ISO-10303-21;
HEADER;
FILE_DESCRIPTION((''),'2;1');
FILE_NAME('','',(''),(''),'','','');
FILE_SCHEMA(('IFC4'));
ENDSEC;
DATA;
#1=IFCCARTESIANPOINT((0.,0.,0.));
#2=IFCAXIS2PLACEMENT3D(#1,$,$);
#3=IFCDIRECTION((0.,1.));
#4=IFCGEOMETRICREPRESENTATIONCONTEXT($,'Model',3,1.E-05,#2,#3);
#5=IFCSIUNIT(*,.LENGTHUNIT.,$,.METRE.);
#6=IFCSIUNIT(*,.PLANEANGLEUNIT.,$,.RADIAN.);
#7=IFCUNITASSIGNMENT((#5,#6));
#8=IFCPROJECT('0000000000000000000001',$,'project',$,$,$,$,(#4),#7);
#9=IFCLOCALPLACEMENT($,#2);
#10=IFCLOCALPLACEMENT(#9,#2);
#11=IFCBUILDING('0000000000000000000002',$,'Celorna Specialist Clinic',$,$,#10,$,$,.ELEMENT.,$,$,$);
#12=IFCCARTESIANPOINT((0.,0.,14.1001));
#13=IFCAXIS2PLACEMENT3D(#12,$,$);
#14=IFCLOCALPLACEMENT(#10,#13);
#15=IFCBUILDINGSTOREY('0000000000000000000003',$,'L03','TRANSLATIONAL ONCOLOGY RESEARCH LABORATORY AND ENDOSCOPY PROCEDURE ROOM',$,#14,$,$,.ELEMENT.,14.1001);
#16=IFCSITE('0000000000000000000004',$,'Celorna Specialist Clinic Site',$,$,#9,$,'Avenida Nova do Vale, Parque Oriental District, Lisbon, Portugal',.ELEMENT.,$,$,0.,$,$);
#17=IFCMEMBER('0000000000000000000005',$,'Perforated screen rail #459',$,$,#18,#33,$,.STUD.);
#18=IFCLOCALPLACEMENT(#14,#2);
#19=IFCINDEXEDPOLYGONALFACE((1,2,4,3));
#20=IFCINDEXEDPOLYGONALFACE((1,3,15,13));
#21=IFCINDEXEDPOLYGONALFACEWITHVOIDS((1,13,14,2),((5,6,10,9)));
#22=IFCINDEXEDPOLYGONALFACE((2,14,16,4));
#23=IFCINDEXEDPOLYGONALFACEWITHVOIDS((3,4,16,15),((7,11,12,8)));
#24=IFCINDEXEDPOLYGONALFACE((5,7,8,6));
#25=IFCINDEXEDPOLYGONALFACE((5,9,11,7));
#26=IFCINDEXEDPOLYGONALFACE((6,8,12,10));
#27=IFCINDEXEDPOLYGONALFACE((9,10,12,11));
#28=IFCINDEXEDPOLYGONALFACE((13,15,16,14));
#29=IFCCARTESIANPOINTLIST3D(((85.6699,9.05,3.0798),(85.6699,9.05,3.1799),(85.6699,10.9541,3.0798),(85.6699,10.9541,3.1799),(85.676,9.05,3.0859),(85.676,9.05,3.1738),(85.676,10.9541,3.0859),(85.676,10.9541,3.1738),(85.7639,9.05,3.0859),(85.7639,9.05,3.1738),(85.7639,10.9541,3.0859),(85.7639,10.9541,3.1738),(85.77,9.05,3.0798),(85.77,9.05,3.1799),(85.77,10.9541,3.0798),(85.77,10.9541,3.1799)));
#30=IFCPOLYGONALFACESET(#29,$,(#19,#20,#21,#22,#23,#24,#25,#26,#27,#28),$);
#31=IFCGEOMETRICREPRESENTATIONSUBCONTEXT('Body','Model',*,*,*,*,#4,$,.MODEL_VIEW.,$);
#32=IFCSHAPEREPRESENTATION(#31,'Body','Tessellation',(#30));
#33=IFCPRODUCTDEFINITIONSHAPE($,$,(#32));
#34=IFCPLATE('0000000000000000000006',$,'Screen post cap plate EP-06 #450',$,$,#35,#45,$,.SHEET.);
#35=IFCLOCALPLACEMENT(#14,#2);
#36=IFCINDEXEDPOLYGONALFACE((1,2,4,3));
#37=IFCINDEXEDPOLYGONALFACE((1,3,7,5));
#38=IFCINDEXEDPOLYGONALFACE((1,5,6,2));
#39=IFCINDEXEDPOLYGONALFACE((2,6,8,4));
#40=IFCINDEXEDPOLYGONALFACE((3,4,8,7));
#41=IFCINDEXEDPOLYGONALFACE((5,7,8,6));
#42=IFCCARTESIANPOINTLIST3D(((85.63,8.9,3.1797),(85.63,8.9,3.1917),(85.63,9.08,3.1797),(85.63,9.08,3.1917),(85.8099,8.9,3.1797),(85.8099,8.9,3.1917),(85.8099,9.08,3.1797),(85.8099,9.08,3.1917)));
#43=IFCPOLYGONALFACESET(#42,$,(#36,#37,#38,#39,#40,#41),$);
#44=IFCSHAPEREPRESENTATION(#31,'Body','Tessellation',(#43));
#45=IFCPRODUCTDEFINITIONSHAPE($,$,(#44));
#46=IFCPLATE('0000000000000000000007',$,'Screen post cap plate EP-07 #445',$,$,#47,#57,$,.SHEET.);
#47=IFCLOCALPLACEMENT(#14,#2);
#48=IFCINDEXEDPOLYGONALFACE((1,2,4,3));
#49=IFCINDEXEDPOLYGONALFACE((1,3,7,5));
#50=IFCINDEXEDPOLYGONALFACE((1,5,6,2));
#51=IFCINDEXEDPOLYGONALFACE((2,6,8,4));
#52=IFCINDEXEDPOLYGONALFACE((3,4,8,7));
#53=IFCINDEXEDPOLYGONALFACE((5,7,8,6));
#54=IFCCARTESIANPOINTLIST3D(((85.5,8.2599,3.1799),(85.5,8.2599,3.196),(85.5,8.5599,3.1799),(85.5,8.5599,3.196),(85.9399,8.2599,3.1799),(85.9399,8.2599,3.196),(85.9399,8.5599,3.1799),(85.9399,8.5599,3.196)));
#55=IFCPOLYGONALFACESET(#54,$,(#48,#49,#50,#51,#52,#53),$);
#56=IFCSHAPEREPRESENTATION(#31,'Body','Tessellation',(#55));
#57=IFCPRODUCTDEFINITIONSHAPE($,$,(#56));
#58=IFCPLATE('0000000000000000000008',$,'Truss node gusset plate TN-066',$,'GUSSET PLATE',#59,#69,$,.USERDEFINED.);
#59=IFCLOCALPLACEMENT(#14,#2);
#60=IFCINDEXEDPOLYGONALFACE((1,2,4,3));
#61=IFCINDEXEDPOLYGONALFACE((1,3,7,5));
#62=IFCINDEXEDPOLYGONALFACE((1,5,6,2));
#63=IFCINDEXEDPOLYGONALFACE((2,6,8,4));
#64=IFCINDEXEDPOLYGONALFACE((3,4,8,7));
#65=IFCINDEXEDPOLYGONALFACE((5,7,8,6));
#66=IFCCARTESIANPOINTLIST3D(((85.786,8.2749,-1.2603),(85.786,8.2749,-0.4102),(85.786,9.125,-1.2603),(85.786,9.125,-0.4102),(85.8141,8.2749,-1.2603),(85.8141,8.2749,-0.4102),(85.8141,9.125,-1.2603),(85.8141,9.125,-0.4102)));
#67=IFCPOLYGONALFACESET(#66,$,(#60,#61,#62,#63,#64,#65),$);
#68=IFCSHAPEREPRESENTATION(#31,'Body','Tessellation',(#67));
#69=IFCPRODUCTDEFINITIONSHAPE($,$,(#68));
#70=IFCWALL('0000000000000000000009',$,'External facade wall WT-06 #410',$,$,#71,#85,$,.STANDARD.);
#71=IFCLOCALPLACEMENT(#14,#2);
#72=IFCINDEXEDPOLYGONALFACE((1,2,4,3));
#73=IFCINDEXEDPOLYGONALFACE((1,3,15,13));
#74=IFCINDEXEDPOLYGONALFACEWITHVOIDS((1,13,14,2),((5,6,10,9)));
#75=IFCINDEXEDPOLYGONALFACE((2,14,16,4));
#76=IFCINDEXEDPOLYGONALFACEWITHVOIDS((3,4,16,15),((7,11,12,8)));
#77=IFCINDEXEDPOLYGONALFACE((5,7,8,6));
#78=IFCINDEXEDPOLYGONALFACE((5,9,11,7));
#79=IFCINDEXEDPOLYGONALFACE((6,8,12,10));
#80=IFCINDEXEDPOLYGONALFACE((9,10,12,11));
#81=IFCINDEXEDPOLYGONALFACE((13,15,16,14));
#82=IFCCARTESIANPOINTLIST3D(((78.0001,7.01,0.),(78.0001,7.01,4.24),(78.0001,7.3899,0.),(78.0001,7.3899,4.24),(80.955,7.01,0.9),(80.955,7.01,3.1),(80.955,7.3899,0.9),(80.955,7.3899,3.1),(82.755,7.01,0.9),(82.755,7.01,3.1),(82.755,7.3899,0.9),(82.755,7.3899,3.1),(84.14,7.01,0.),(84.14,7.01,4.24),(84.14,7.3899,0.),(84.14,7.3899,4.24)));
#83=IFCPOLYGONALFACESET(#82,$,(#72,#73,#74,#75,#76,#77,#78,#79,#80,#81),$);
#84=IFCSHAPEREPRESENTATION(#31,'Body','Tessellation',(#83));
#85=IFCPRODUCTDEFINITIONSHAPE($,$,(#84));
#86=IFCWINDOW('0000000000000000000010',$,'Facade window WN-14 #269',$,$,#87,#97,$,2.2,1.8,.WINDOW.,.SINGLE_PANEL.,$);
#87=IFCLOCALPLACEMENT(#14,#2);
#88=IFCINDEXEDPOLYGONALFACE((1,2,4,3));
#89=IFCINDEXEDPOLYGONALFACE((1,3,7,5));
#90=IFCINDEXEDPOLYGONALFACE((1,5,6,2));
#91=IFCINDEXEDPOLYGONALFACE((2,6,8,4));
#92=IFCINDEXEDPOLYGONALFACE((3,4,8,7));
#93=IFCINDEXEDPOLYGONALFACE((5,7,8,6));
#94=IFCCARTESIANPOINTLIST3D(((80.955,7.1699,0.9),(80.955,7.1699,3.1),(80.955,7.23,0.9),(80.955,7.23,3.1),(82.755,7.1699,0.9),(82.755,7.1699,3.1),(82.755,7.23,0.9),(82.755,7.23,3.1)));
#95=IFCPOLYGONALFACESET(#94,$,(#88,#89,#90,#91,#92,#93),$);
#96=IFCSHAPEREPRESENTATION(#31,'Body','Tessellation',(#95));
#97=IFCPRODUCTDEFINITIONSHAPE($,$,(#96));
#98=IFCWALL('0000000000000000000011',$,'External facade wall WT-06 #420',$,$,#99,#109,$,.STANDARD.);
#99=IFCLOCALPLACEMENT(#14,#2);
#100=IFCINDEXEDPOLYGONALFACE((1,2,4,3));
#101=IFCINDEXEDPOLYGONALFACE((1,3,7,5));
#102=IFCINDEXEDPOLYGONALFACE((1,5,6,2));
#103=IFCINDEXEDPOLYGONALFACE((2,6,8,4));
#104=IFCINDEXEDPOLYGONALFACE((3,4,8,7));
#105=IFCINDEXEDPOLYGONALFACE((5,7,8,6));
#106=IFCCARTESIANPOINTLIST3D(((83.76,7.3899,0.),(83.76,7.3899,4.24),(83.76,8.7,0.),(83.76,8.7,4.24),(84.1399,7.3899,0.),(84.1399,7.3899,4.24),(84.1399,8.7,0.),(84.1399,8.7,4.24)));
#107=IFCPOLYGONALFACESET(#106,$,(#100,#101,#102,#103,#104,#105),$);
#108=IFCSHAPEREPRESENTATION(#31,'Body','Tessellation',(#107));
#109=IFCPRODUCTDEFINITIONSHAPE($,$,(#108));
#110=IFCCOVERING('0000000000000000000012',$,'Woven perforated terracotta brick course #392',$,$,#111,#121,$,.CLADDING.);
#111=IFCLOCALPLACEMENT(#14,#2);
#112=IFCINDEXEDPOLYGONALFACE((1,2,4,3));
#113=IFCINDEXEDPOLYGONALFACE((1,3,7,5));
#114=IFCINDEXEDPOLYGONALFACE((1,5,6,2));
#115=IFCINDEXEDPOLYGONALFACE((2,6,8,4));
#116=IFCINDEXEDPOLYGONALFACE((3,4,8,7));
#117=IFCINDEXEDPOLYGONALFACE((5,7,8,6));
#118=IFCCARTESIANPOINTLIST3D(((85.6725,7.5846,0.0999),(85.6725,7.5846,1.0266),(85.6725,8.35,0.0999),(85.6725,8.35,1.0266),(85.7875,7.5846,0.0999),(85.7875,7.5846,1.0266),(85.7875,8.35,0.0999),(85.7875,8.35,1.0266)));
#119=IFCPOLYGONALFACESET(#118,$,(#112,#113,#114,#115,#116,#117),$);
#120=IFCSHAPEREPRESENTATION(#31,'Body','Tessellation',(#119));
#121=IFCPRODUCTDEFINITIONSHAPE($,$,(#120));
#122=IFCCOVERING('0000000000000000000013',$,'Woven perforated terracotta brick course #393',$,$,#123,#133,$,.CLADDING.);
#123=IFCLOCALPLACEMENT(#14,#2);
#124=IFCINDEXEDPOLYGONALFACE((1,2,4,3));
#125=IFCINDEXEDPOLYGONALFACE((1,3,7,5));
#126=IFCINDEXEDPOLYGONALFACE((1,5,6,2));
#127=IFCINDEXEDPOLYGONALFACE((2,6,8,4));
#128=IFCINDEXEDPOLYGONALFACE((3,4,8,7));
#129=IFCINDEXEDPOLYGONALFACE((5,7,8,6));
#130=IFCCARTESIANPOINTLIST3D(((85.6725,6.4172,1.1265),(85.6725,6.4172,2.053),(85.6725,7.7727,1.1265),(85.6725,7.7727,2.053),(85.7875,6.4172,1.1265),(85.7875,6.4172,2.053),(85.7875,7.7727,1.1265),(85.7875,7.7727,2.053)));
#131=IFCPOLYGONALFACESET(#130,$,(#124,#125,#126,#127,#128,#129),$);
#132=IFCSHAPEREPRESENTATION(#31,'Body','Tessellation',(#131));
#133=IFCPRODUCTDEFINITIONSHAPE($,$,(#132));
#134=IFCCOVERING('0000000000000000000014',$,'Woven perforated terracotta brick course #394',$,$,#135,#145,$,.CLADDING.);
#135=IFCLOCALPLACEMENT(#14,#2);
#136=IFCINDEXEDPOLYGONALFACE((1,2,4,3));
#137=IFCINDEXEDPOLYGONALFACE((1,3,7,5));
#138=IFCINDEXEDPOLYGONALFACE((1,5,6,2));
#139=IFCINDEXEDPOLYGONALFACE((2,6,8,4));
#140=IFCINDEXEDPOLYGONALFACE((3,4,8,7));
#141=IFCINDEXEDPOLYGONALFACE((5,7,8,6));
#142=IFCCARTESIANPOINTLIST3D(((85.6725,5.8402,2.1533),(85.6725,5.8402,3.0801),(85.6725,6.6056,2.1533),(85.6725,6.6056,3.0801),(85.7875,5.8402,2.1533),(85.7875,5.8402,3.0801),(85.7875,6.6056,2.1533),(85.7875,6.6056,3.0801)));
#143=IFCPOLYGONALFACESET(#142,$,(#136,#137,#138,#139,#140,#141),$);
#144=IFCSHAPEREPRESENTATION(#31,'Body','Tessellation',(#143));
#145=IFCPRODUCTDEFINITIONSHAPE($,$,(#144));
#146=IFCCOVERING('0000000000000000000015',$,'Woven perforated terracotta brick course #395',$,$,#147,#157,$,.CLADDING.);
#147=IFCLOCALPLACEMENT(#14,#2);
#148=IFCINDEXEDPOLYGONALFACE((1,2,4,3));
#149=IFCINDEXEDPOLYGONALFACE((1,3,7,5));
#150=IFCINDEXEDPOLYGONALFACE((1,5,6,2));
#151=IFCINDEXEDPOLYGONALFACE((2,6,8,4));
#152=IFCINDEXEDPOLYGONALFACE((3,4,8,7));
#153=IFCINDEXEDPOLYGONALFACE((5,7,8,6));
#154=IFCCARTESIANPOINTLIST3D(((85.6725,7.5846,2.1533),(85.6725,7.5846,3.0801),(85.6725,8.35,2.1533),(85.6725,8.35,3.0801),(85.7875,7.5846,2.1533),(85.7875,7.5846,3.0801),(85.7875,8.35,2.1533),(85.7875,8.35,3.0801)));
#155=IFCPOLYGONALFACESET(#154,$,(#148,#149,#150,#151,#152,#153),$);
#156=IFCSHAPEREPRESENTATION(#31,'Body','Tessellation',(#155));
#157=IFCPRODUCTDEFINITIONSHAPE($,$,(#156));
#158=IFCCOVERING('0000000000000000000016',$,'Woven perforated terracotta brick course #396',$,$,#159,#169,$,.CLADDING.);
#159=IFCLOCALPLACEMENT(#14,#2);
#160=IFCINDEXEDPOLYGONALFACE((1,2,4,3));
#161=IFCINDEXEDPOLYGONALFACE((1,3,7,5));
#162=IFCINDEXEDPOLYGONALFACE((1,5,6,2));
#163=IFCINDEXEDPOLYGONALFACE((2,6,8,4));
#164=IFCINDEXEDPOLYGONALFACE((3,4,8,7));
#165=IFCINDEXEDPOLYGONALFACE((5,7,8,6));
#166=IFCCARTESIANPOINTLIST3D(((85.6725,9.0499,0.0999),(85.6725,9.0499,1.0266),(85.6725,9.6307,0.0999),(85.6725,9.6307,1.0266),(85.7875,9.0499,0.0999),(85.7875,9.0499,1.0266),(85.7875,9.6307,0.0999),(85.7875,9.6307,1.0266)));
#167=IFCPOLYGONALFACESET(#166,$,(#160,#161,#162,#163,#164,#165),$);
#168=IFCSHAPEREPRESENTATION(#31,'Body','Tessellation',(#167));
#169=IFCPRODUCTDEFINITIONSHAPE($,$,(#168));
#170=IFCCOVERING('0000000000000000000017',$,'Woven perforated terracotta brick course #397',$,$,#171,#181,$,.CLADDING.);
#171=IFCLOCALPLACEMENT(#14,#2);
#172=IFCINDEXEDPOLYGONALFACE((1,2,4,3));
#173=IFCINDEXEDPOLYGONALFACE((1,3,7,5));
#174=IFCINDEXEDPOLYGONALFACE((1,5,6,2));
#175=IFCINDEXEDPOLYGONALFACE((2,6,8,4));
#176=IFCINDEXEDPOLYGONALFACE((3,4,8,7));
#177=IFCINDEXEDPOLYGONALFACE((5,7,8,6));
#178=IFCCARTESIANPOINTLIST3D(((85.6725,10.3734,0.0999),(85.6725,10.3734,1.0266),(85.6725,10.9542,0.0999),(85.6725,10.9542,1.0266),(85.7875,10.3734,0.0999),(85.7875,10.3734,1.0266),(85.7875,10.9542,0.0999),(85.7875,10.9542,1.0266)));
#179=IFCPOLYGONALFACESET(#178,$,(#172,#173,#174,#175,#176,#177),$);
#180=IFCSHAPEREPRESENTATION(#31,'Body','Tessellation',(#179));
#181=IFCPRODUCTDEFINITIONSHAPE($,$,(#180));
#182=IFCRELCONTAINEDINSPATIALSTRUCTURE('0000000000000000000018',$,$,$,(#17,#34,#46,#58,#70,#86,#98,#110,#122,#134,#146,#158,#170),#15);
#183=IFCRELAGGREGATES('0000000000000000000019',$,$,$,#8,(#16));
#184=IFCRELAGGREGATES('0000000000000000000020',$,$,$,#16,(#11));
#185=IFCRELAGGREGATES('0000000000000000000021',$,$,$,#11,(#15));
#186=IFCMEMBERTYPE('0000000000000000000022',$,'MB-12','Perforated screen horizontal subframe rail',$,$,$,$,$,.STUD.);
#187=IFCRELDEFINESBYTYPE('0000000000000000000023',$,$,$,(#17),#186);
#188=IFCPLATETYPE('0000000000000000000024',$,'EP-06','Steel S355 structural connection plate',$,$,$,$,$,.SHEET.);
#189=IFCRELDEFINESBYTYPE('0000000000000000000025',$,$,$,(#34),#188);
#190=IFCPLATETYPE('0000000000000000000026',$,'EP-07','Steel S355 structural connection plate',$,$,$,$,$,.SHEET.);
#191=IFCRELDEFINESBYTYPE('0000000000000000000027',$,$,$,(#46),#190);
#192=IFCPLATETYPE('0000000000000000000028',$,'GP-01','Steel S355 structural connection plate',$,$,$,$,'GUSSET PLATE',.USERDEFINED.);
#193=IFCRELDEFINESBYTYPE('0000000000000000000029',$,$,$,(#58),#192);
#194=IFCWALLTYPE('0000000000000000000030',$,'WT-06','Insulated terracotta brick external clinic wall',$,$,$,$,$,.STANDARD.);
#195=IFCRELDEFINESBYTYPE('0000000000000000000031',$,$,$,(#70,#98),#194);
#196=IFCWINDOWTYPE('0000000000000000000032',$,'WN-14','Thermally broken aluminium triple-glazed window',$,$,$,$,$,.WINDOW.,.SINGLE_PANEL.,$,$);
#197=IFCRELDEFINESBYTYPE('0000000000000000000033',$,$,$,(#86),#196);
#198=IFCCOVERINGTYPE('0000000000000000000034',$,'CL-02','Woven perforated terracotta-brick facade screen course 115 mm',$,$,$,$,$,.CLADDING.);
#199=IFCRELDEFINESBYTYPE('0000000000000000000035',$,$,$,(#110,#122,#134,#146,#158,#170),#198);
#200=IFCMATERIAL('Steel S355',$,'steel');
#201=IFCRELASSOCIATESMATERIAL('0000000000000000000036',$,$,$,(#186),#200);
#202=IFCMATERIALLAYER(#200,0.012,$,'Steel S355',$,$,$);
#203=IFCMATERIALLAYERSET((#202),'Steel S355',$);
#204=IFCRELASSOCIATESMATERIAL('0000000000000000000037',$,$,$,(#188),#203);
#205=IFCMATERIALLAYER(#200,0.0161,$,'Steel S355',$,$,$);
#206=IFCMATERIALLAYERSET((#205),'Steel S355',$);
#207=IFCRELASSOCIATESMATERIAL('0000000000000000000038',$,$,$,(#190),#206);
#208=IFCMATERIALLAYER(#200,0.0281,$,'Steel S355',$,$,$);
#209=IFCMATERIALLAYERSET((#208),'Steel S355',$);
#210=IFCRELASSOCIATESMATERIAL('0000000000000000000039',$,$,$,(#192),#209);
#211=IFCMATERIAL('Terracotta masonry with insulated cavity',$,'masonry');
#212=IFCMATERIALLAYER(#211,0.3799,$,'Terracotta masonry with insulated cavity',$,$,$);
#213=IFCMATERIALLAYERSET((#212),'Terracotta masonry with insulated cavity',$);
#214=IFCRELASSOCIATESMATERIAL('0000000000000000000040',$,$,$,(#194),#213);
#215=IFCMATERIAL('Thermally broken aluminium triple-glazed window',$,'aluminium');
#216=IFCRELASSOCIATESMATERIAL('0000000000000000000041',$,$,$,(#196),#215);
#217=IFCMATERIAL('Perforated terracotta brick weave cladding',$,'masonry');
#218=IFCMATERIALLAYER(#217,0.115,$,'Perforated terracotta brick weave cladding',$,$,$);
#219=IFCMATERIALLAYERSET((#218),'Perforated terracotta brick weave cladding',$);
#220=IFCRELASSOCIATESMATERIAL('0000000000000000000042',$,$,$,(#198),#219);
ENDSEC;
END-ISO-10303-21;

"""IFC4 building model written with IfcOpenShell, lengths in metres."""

from ifc_helpers import new_model, si_unit, direction, frame, frame_2d, origin, origin_2d, place, context, subcontext, project, spatial, rectangle, hollow_rectangle, extrude, material, layer, layer_set, material_profile, profile_set, type_object, element, fill, save


model = new_model("IFC4")

# Units and contexts
model_context = context("Model", 3, precision=1e-05, world=origin(), true_north=direction((0.0, 1.0)))
body_context = subcontext(model_context, "Body", "Model", "MODEL_VIEW")
ifc_project = project(units=[si_unit("LENGTHUNIT", "METRE"), si_unit("PLANEANGLEUNIT", "RADIAN")], contexts=[model_context])

# Site, building, storey
site_placement = place(None, origin())
site = spatial("IfcSite", under=ifc_project, at=site_placement, Name="Celorna Specialist Clinic Site", LongName="Avenida Nova do Vale, Parque Oriental District, Lisbon, Portugal", CompositionType="ELEMENT", RefElevation=0.0)
building_placement = place(site_placement, origin())
building = spatial("IfcBuilding", under=site, at=building_placement, Name="Celorna Specialist Clinic", CompositionType="ELEMENT")
storey_placement = place(building_placement, frame((0.0, 0.0, 14.1001)))
storey = spatial("IfcBuildingStorey", under=building, at=storey_placement, Name="L03", Description="TRANSLATIONAL ONCOLOGY RESEARCH LABORATORY AND ENDOSCOPY PROCEDURE ROOM", CompositionType="ELEMENT", Elevation=14.1001)

# Shared definitions
ifc_material_1 = material(Name="Steel S355", Category="steel")

# Member
ifc_material_profile_1 = material_profile(ifc_material_1, hollow_rectangle(XDim=0.1001, YDim=0.1001, WallThickness=0.0061, at=origin_2d()), Name="SHS 100x100x6")
ifc_profile_set_1 = profile_set([ifc_material_profile_1], Name="Steel S355")
member_type_1 = type_object("IfcMemberType", Name="MB-12", Description="Perforated screen horizontal subframe rail", PredefinedType="STUD", material=ifc_profile_set_1)
for number, where, z_axis, x_axis, name in (
    (1, (85.72, 9.05, 3.1299), (0.0, 1.0, 0.0), (-1.0, 0.0, 0.0), "Perforated screen rail #459"),
):
    element("IfcMember", number, at=place(storey_placement, frame(where, z_axis=z_axis, x_axis=x_axis)), inside=storey, type_object=member_type_1, Name=name, PredefinedType="STUD", context=body_context, shape_type="SweptSolid", body=[
        extrude(hollow_rectangle(XDim=0.1001, YDim=0.1001, WallThickness=0.0061, at=origin_2d()), origin(), (0.0, 0.0, 1.0), 1.9041),
    ])

# Plates
ifc_layer_1 = layer(ifc_material_1, 0.012, Name="Steel S355")
ifc_layer_set_1 = layer_set([ifc_layer_1], Name="Steel S355")
plate_type_1 = type_object("IfcPlateType", Name="EP-06", Description="Steel S355 structural connection plate", PredefinedType="SHEET", material=ifc_layer_set_1)
plate_1_placement = place(storey_placement, frame((85.72, 8.99, 3.1797), z_axis=(0.0, 0.0, 1.0), x_axis=(0.0, 1.0, 0.0)))
element("IfcPlate", 2, at=plate_1_placement, inside=storey, type_object=plate_type_1, Name="Screen post cap plate EP-06 #450", PredefinedType="SHEET", context=body_context, shape_type="SweptSolid", body=[
    extrude(rectangle(XDim=0.1799, YDim=0.1799, at=origin_2d()), origin(), (0.0, 0.0, 1.0), 0.012),
])
ifc_layer_2 = layer(ifc_material_1, 0.0161, Name="Steel S355")
ifc_layer_set_2 = layer_set([ifc_layer_2], Name="Steel S355")
plate_type_2 = type_object("IfcPlateType", Name="EP-07", Description="Steel S355 structural connection plate", PredefinedType="SHEET", material=ifc_layer_set_2)
plate_2_placement = place(storey_placement, frame((85.72, 8.4099, 3.1799), z_axis=(0.0, 0.0, 1.0), x_axis=(0.0, 1.0, 0.0)))
element("IfcPlate", 3, at=plate_2_placement, inside=storey, type_object=plate_type_2, Name="Screen post cap plate EP-07 #445", PredefinedType="SHEET", context=body_context, shape_type="SweptSolid", body=[
    extrude(rectangle(XDim=0.3, YDim=0.4399, at=origin_2d()), origin(), (0.0, 0.0, 1.0), 0.0161),
])
ifc_layer_3 = layer(ifc_material_1, 0.0281, Name="Steel S355")
ifc_layer_set_3 = layer_set([ifc_layer_3], Name="Steel S355")
plate_type_3 = type_object("IfcPlateType", Name="GP-01", Description="Steel S355 structural connection plate", ElementType="GUSSET PLATE", PredefinedType="USERDEFINED", material=ifc_layer_set_3)
plate_3_placement = place(storey_placement, frame((85.8, 8.7, -1.2603), z_axis=(0.0, 0.0, 1.0), x_axis=(0.0, 1.0, 0.0)))
element("IfcPlate", 4, at=plate_3_placement, inside=storey, type_object=plate_type_3, Name="Truss node gusset plate TN-066", ObjectType="GUSSET PLATE", PredefinedType="USERDEFINED", context=body_context, shape_type="SweptSolid", body=[
    extrude(rectangle(XDim=0.8501, YDim=0.0281, at=origin_2d()), origin(), (0.0, 0.0, 1.0), 0.8501),
])

# Wall, opening, window
ifc_material_2 = material(Name="Terracotta masonry with insulated cavity", Category="masonry")
ifc_layer_4 = layer(ifc_material_2, 0.3799, Name="Terracotta masonry with insulated cavity")
ifc_layer_set_4 = layer_set([ifc_layer_4], Name="Terracotta masonry with insulated cavity")
wall_type = type_object("IfcWallType", Name="WT-06", Description="Insulated terracotta brick external clinic wall", PredefinedType="STANDARD", material=ifc_layer_set_4)
wall_1_placement = place(storey_placement, frame((84.1399, 7.2, 0.0), z_axis=(0.0, 0.0, 1.0), x_axis=(-1.0, 0.0, 0.0)))
wall_1 = element("IfcWall", 5, at=wall_1_placement, inside=storey, type_object=wall_type, Name="External facade wall WT-06 #410", PredefinedType="STANDARD", context=body_context, shape_type="SweptSolid", body=[
    extrude(rectangle(XDim=6.1399, YDim=0.3799, at=frame_2d((3.0698, 0.0))), origin(), (0.0, 0.0, 1.0), 4.24),
])
opening_placement = place(wall_1_placement, frame((1.385, 0.0, 0.8999)))
opening = element("IfcOpeningElement", 6, at=opening_placement, cuts=wall_1, PredefinedType="OPENING", context=body_context, shape_type="SweptSolid", body=[
    extrude(rectangle(XDim=1.8, YDim=2.2, at=frame_2d((0.8999, 1.1001))), frame((0.0, 0.2, 0.0), z_axis=(0.0, -1.0, 0.0), x_axis=(1.0, 0.0, 0.0)), (0.0, 0.0, 1.0), 0.3999),
])
ifc_material_3 = material(Name="Thermally broken aluminium triple-glazed window", Category="aluminium")
window_type = type_object("IfcWindowType", Name="WN-14", Description="Thermally broken aluminium triple-glazed window", PartitioningType="SINGLE_PANEL", PredefinedType="WINDOW", material=ifc_material_3)
window_placement = place(opening_placement, origin())
window = element("IfcWindow", 7, at=window_placement, inside=storey, type_object=window_type, Name="Facade window WN-14 #269", OverallHeight=2.2, OverallWidth=1.8, PartitioningType="SINGLE_PANEL", PredefinedType="WINDOW", context=body_context, shape_type="SweptSolid", body=[
    extrude(rectangle(XDim=1.8, YDim=2.2, at=frame_2d((0.8999, 1.1001))), frame((0.0, 0.03, 0.0), z_axis=(0.0, -1.0, 0.0), x_axis=(1.0, 0.0, 0.0)), (0.0, 0.0, 1.0), 0.0601),
])
fill(opening, window)

# Wall
wall_2_placement = place(storey_placement, frame((83.95, 8.7, 0.0), z_axis=(0.0, 0.0, 1.0), x_axis=(0.0, -1.0, 0.0)))
element("IfcWall", 8, at=wall_2_placement, inside=storey, type_object=wall_type, Name="External facade wall WT-06 #420", PredefinedType="STANDARD", context=body_context, shape_type="SweptSolid", body=[
    extrude(rectangle(XDim=1.3101, YDim=0.3799, at=frame_2d((0.655, 0.0))), origin(), (0.0, 0.0, 1.0), 4.24),
])

# Coverings
ifc_material_4 = material(Name="Perforated terracotta brick weave cladding", Category="masonry")
ifc_layer_5 = layer(ifc_material_4, 0.115, Name="Perforated terracotta brick weave cladding")
ifc_layer_set_5 = layer_set([ifc_layer_5], Name="Perforated terracotta brick weave cladding")
covering_type = type_object("IfcCoveringType", Name="CL-02", Description="Woven perforated terracotta-brick facade screen course 115 mm", PredefinedType="CLADDING", material=ifc_layer_set_5)
covering_1_placement = place(storey_placement, frame((85.73, 7.9673, 0.0999), z_axis=(0.0, 0.0, 1.0), x_axis=(0.0, 1.0, 0.0)))
element("IfcCovering", 9, at=covering_1_placement, inside=storey, type_object=covering_type, Name="Woven perforated terracotta brick course #392", PredefinedType="CLADDING", context=body_context, shape_type="SweptSolid", body=[
    extrude(rectangle(XDim=0.7654, YDim=0.115, at=origin_2d()), origin(), (0.0, 0.0, 1.0), 0.9268),
])
covering_2_placement = place(storey_placement, frame((85.73, 7.095, 1.1265), z_axis=(0.0, 0.0, 1.0), x_axis=(0.0, 1.0, 0.0)))
element("IfcCovering", 10, at=covering_2_placement, inside=storey, type_object=covering_type, Name="Woven perforated terracotta brick course #393", PredefinedType="CLADDING", context=body_context, shape_type="SweptSolid", body=[
    extrude(rectangle(XDim=1.3555, YDim=0.115, at=origin_2d()), origin(), (0.0, 0.0, 1.0), 0.9265),
])
for number, where, z_axis, x_axis, name in (
    (11, (85.73, 6.2229, 2.1533), (0.0, 0.0, 1.0), (0.0, 1.0, 0.0), "Woven perforated terracotta brick course #394"),
    (12, (85.73, 7.9673, 2.1533), (0.0, 0.0, 1.0), (0.0, 1.0, 0.0), "Woven perforated terracotta brick course #395"),
):
    element("IfcCovering", number, at=place(storey_placement, frame(where, z_axis=z_axis, x_axis=x_axis)), inside=storey, type_object=covering_type, Name=name, PredefinedType="CLADDING", context=body_context, shape_type="SweptSolid", body=[
        extrude(rectangle(XDim=0.7654, YDim=0.115, at=origin_2d()), origin(), (0.0, 0.0, 1.0), 0.9268),
    ])
for number, where, z_axis, x_axis, name in (
    (13, (85.73, 9.3403, 0.0999), (0.0, 0.0, 1.0), (0.0, 1.0, 0.0), "Woven perforated terracotta brick course #396"),
    (14, (85.73, 10.6638, 0.0999), (0.0, 0.0, 1.0), (0.0, 1.0, 0.0), "Woven perforated terracotta brick course #397"),
):
    element("IfcCovering", number, at=place(storey_placement, frame(where, z_axis=z_axis, x_axis=x_axis)), inside=storey, type_object=covering_type, Name=name, PredefinedType="CLADDING", context=body_context, shape_type="SweptSolid", body=[
        extrude(rectangle(XDim=0.5808, YDim=0.115, at=origin_2d()), origin(), (0.0, 0.0, 1.0), 0.9268),
    ])

save(model, "model.ifc")
